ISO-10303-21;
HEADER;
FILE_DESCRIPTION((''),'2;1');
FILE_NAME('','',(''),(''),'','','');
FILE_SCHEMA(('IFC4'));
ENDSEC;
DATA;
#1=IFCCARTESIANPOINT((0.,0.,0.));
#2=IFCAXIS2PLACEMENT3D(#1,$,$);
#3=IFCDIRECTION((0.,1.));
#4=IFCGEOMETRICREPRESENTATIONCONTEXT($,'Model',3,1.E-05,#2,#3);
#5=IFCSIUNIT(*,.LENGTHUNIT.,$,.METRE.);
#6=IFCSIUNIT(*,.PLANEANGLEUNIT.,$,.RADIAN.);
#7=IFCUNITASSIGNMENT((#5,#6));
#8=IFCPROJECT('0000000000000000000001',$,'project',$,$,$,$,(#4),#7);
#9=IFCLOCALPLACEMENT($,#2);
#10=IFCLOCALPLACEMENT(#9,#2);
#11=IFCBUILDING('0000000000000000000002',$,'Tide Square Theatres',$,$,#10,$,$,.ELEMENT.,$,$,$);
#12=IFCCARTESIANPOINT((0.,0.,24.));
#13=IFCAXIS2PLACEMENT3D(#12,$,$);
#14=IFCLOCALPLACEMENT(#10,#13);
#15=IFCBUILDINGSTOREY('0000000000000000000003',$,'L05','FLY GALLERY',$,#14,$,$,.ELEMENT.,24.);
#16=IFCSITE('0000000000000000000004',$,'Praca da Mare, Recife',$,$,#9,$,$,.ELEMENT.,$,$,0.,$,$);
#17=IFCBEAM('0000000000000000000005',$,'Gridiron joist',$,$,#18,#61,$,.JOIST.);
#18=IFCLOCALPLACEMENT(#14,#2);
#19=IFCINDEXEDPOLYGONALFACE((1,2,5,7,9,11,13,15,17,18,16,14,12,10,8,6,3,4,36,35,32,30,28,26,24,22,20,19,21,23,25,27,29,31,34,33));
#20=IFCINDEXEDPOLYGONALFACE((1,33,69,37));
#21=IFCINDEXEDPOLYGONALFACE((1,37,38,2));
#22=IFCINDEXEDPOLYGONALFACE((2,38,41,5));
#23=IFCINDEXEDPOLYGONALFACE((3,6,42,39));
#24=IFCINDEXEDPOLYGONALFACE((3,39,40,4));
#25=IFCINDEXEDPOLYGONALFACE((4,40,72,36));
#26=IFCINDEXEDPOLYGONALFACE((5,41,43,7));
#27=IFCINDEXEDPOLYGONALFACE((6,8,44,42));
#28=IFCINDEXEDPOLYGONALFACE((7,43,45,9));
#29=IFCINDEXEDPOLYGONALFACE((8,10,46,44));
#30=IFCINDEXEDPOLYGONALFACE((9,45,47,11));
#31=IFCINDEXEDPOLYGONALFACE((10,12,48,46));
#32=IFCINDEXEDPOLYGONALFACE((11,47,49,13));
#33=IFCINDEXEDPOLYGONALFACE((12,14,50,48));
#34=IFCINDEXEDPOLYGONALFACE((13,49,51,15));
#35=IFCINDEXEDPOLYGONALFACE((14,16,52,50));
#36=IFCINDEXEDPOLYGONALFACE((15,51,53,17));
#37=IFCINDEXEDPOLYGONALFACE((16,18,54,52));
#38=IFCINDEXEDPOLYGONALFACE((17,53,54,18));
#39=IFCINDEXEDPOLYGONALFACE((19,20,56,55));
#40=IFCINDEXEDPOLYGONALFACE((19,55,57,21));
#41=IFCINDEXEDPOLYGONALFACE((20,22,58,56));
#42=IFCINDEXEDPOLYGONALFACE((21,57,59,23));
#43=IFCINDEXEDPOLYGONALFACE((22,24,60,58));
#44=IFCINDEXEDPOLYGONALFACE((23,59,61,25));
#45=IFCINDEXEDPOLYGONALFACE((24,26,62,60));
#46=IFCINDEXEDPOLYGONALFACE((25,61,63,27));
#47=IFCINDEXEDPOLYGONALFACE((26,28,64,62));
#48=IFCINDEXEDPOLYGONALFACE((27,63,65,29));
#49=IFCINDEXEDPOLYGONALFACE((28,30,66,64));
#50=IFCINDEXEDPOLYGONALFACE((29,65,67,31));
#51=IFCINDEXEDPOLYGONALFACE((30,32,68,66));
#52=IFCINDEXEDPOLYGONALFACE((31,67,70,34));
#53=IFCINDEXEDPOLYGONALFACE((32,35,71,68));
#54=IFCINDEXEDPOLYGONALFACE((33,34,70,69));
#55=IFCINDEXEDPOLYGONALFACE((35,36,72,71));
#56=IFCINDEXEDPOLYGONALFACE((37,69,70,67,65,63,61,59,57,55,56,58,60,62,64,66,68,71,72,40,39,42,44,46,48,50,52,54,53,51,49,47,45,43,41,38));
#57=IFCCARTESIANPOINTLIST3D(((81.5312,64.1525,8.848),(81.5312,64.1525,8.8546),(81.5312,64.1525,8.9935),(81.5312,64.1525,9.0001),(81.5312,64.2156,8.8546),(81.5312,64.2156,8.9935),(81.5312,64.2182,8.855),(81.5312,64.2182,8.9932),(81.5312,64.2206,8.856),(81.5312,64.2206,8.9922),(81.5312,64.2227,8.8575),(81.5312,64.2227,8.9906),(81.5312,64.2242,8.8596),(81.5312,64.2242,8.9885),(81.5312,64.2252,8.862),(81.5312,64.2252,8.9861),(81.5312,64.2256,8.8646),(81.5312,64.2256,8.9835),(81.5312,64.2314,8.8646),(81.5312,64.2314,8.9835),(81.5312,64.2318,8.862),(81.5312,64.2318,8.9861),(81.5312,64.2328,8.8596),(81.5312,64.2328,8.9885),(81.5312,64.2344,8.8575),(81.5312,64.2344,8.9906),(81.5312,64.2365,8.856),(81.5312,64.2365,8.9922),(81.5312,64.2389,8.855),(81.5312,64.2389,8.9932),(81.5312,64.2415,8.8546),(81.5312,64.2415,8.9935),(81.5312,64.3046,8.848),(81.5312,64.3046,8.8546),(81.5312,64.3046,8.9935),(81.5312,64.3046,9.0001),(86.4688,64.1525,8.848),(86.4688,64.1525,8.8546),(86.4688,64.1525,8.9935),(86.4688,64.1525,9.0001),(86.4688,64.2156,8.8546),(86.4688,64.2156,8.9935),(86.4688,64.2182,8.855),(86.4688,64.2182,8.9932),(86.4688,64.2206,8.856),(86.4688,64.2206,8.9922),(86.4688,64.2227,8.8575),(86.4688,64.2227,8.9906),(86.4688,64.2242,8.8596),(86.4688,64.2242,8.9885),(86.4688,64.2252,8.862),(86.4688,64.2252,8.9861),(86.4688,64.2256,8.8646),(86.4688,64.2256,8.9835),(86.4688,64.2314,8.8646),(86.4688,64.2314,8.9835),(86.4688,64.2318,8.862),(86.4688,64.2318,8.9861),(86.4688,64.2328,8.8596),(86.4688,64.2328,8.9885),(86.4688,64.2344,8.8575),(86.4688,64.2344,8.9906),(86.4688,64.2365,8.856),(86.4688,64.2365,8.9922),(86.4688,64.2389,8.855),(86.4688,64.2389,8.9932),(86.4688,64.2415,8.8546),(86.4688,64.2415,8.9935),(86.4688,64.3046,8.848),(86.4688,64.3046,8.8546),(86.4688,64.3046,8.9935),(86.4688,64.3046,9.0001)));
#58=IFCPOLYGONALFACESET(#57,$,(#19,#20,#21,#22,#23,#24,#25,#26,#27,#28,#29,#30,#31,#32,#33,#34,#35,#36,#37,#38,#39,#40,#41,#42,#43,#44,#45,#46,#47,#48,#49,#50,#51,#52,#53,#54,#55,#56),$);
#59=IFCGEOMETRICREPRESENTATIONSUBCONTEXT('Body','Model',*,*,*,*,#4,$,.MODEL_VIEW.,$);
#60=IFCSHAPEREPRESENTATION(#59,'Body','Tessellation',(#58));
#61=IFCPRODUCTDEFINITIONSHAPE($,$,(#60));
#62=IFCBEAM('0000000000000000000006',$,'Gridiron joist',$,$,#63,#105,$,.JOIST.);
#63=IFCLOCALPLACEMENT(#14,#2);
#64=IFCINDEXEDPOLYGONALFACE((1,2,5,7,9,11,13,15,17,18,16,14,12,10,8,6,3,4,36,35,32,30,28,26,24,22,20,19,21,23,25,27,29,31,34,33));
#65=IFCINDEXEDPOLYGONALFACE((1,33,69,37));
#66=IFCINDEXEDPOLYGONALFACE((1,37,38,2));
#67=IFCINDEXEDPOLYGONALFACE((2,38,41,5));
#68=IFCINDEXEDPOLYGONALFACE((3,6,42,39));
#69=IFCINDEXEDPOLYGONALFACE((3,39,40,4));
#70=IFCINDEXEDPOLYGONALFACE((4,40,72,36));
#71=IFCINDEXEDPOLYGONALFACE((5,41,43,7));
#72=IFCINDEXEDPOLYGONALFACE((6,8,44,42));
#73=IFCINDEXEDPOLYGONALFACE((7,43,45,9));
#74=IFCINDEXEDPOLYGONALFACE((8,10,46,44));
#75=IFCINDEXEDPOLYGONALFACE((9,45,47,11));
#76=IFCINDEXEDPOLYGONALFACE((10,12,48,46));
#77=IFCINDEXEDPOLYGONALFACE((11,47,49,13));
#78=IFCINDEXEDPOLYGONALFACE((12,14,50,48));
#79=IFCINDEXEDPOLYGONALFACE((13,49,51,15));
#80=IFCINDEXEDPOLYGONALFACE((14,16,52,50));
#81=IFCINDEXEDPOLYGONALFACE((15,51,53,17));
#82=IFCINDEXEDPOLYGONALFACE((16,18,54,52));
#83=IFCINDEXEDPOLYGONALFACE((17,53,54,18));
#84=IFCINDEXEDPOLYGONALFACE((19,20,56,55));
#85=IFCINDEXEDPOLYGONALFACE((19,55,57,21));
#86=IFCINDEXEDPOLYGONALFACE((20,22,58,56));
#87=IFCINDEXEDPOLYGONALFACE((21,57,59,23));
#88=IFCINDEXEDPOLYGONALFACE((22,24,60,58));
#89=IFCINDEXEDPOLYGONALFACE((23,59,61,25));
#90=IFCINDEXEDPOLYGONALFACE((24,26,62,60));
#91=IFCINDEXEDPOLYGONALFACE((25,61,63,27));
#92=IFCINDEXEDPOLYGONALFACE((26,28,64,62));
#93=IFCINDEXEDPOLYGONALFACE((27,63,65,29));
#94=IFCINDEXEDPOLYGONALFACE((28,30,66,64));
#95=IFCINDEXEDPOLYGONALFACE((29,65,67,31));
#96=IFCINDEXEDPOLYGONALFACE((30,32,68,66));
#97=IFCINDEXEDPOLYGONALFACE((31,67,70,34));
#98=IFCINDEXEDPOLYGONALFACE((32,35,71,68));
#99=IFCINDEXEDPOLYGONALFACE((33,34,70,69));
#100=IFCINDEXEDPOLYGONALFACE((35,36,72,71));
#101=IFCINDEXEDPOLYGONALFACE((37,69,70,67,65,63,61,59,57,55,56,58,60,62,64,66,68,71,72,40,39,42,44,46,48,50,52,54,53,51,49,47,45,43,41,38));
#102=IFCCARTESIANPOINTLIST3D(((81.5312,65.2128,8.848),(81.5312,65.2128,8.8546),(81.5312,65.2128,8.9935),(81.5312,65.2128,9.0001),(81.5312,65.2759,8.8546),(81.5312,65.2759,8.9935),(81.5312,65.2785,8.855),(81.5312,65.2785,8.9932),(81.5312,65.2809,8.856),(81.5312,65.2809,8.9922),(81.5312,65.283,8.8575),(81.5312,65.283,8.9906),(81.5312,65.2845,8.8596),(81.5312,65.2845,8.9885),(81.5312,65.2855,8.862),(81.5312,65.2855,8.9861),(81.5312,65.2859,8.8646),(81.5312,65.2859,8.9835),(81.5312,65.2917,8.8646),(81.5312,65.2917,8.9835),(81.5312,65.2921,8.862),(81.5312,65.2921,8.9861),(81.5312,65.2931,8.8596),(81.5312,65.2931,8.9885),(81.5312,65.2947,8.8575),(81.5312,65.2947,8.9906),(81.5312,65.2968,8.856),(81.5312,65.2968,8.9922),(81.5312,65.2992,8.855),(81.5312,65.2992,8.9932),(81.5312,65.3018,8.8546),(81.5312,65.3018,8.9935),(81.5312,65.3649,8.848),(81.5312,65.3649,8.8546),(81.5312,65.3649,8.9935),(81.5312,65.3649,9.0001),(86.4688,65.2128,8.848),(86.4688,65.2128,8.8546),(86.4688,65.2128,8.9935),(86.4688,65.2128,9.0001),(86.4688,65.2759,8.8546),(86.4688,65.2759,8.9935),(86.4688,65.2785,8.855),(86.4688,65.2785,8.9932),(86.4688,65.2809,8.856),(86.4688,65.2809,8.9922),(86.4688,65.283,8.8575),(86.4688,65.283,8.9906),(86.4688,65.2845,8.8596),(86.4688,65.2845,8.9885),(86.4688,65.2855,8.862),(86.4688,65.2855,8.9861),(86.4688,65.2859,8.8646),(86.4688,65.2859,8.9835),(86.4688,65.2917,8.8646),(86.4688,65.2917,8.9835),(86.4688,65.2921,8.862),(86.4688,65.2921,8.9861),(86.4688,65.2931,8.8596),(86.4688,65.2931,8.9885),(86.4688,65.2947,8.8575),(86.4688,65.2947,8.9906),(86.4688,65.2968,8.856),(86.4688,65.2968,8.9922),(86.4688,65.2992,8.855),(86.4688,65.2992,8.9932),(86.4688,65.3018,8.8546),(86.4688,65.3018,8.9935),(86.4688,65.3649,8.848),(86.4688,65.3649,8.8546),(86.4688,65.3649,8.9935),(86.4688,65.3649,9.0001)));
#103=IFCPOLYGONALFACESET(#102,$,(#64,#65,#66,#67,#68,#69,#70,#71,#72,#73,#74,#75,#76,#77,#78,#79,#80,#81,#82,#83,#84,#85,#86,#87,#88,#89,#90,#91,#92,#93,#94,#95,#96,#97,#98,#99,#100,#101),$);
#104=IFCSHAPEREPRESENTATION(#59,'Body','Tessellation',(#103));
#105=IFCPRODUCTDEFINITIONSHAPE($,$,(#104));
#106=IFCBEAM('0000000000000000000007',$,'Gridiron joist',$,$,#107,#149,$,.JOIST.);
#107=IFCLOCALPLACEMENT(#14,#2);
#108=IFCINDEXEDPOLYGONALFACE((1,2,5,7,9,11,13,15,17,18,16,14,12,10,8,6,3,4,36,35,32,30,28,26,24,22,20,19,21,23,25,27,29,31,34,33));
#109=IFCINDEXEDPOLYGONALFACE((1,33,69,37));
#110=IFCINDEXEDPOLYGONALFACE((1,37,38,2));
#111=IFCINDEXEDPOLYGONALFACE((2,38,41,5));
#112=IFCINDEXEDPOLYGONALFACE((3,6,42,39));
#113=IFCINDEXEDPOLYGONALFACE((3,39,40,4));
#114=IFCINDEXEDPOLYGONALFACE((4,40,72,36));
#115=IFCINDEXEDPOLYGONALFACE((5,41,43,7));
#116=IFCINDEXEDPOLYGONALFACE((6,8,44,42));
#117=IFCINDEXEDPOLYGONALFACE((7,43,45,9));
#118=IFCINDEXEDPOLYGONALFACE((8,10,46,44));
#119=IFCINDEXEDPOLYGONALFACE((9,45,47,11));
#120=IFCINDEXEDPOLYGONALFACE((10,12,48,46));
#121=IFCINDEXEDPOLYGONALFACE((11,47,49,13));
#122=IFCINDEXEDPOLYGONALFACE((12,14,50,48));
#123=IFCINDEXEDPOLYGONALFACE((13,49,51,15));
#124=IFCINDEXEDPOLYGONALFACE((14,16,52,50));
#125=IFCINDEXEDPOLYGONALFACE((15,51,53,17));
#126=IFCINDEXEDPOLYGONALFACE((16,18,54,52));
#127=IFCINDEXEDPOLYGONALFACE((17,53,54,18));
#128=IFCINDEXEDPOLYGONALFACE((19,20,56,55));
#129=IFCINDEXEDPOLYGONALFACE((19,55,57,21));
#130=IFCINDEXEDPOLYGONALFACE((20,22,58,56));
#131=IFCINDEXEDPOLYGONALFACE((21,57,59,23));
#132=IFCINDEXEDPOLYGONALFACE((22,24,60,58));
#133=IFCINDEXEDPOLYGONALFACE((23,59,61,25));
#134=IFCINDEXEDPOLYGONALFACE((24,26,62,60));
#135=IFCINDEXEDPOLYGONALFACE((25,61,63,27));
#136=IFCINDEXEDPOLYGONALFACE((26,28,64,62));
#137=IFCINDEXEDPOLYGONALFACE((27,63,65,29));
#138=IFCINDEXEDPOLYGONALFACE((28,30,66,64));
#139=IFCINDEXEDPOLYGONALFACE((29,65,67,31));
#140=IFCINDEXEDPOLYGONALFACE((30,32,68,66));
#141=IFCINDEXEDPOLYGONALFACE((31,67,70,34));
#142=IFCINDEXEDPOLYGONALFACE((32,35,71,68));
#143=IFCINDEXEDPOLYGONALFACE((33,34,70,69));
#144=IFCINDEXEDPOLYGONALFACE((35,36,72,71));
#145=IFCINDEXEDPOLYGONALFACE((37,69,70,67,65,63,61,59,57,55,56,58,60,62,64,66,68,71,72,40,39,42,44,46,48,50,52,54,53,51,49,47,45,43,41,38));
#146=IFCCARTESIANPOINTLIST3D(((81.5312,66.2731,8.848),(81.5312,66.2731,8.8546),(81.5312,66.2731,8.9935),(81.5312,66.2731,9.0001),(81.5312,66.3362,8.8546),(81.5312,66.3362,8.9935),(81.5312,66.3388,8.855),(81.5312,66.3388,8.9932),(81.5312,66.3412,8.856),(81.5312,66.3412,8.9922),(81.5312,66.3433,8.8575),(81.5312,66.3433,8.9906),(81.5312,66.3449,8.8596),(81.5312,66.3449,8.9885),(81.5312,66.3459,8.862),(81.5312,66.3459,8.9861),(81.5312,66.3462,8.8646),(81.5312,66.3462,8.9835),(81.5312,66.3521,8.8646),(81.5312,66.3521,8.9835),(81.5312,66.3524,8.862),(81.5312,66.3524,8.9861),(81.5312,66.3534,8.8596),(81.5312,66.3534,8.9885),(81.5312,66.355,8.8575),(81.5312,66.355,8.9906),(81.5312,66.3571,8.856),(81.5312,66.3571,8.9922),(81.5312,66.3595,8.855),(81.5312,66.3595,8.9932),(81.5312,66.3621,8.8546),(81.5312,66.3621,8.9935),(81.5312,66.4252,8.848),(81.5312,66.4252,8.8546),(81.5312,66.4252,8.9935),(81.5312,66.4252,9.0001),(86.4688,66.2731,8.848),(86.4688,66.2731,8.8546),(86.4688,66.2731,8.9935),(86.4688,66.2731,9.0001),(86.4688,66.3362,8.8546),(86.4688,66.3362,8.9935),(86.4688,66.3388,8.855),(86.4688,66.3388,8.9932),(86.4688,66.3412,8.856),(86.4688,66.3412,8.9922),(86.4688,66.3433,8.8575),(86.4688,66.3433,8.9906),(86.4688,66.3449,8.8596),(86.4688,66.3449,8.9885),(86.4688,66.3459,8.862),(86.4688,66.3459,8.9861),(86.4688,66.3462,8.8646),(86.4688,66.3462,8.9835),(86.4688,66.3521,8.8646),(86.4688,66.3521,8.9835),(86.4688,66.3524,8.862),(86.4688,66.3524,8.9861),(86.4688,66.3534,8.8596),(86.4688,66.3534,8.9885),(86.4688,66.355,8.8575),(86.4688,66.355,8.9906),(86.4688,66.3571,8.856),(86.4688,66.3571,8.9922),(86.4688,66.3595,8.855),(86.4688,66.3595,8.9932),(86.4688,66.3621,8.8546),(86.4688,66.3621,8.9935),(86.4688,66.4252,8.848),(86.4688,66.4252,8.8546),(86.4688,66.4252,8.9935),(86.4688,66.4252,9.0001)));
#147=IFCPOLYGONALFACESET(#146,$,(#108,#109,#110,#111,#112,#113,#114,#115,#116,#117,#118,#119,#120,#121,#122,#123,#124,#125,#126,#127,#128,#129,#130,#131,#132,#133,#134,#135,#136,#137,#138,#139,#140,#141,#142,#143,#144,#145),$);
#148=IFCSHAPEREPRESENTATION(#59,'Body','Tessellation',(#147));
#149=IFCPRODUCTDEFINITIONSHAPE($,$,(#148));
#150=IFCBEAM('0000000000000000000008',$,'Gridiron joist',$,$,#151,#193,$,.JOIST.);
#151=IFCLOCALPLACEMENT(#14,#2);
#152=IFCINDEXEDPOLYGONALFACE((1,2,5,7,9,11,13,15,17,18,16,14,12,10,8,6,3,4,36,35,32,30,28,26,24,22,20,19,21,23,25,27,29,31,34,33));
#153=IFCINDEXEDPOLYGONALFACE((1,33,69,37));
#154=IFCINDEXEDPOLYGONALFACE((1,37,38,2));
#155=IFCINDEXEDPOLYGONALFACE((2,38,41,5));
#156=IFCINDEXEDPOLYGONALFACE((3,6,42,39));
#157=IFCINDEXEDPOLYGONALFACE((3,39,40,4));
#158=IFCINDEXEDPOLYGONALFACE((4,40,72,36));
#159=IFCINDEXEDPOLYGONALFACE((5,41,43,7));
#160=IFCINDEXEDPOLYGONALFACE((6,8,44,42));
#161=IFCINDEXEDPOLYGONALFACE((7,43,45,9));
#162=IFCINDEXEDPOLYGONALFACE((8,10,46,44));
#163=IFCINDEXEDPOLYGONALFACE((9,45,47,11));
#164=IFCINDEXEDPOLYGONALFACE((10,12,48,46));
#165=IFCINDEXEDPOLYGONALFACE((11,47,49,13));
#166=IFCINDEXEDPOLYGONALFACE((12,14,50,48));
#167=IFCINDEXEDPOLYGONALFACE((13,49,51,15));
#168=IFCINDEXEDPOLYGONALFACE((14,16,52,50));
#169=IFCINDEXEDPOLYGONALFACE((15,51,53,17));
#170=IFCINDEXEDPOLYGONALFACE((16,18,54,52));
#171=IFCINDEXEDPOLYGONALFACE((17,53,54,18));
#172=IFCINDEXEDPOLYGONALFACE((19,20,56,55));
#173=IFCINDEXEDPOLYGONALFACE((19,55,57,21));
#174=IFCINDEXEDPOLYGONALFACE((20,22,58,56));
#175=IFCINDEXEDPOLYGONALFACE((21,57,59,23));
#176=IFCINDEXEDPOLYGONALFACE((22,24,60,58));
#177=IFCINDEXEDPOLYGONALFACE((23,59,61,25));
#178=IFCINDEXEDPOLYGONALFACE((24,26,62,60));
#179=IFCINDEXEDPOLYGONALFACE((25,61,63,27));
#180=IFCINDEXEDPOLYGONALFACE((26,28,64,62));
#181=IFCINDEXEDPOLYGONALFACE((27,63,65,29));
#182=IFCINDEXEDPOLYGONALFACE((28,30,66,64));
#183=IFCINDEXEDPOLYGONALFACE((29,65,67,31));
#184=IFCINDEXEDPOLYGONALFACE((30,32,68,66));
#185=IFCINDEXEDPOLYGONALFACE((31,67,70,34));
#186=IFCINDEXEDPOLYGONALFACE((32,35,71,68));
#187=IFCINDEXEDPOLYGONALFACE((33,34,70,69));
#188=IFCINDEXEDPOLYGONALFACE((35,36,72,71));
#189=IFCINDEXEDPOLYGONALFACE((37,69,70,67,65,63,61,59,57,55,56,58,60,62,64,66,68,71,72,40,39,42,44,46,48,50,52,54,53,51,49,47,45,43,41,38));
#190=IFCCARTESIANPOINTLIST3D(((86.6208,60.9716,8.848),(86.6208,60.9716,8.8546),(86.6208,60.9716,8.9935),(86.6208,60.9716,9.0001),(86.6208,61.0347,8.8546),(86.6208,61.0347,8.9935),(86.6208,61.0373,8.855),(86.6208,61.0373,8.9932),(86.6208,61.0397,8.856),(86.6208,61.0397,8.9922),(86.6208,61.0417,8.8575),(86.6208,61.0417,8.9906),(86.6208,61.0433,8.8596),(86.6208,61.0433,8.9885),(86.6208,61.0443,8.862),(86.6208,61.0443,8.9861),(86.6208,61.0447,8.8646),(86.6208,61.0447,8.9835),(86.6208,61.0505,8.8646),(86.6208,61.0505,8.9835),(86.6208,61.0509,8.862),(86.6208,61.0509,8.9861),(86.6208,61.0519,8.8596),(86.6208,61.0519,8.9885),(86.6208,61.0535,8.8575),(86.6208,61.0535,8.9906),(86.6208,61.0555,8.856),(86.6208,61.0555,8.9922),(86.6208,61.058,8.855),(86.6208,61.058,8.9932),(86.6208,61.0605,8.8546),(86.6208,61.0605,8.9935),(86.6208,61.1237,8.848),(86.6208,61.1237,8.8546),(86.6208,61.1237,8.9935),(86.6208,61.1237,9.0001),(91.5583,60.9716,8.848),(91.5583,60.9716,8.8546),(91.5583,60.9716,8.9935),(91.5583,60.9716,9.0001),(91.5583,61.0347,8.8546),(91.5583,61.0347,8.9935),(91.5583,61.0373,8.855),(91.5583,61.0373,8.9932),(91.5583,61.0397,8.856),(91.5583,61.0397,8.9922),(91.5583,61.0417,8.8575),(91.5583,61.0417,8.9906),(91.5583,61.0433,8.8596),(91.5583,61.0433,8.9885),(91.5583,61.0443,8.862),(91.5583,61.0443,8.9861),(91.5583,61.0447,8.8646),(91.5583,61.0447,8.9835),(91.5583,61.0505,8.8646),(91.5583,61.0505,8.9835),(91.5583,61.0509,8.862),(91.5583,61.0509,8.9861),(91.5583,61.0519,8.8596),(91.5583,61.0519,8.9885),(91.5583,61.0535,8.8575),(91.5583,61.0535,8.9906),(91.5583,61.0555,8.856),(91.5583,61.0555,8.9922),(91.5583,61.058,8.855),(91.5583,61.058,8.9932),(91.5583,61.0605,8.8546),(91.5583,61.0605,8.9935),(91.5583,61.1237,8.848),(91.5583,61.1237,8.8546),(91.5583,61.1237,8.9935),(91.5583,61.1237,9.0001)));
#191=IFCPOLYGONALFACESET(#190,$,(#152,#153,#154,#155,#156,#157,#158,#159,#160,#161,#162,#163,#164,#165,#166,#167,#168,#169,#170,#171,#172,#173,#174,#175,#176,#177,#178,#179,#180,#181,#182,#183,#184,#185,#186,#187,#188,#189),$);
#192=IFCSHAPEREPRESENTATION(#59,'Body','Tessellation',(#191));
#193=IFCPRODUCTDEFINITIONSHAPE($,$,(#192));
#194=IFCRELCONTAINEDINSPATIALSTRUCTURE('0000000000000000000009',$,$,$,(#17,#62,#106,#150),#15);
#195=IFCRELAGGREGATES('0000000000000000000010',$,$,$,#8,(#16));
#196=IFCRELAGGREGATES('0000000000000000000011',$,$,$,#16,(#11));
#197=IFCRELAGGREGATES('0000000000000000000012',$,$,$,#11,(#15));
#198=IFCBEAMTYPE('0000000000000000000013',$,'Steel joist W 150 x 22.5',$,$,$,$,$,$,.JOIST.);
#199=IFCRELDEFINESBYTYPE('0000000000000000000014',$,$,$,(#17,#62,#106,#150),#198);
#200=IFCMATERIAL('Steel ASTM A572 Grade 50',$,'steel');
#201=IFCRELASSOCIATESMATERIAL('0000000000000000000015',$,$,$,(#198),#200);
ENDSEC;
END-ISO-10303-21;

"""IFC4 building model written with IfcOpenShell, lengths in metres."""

from ifc_helpers import new_model, si_unit, direction, frame, origin, origin_2d, place, context, subcontext, project, spatial, i_section, extrude, material, material_profile, profile_set, type_object, element, save


model = new_model("IFC4")

# Units and contexts
model_context = context("Model", 3, precision=1e-05, world=origin(), true_north=direction((0.0, 1.0)))
body_context = subcontext(model_context, "Body", "Model", "MODEL_VIEW")
ifc_project = project(units=[si_unit("LENGTHUNIT", "METRE"), si_unit("PLANEANGLEUNIT", "RADIAN")], contexts=[model_context])

# Site, building, storey
site_placement = place(None, origin())
site = spatial("IfcSite", under=ifc_project, at=site_placement, Name="Praca da Mare, Recife", CompositionType="ELEMENT", RefElevation=0.0)
building_placement = place(site_placement, origin())
building = spatial("IfcBuilding", under=site, at=building_placement, Name="Tide Square Theatres", CompositionType="ELEMENT")
storey_placement = place(building_placement, frame((0.0, 0.0, 24.0)))
storey = spatial("IfcBuildingStorey", under=building, at=storey_placement, Name="L05", Description="FLY GALLERY", CompositionType="ELEMENT", Elevation=24.0)

# Beams
ifc_material_1 = material(Name="Steel ASTM A572 Grade 50", Category="steel")
ifc_material_profile_1 = material_profile(ifc_material_1, i_section(OverallWidth=0.1521, OverallDepth=0.1521, WebThickness=0.0059, FlangeThickness=0.0066, FilletRadius=0.01, at=origin_2d()))
ifc_profile_set_1 = profile_set([ifc_material_profile_1], Name="Steel ASTM A572 Grade 50")
beam_type_1 = type_object("IfcBeamType", Name="Steel joist W 150 x 22.5", PredefinedType="JOIST", material=ifc_profile_set_1)
for number, where, z_axis, x_axis, name in (
    (1, (81.5312, 64.2285, 8.9241), (1.0, 0.0, 0.0), (0.0, 1.0, 0.0), "Gridiron joist"),
    (2, (81.5312, 65.2888, 8.9241), (1.0, 0.0, 0.0), (0.0, 1.0, 0.0), "Gridiron joist"),
    (3, (81.5312, 66.3491, 8.9241), (1.0, 0.0, 0.0), (0.0, 1.0, 0.0), "Gridiron joist"),
    (4, (86.6208, 61.0476, 8.9241), (1.0, 0.0, 0.0), (0.0, 1.0, 0.0), "Gridiron joist"),
):
    element("IfcBeam", number, at=place(storey_placement, frame(where, z_axis=z_axis, x_axis=x_axis)), inside=storey, type_object=beam_type_1, Name=name, PredefinedType="JOIST", context=body_context, shape_type="SweptSolid", body=[
        extrude(i_section(OverallWidth=0.1521, OverallDepth=0.1521, WebThickness=0.0059, FlangeThickness=0.0066, FilletRadius=0.01, at=origin_2d()), origin(), (0.0, 0.0, 1.0), 4.9375),
    ])

save(model, "model.ifc")
